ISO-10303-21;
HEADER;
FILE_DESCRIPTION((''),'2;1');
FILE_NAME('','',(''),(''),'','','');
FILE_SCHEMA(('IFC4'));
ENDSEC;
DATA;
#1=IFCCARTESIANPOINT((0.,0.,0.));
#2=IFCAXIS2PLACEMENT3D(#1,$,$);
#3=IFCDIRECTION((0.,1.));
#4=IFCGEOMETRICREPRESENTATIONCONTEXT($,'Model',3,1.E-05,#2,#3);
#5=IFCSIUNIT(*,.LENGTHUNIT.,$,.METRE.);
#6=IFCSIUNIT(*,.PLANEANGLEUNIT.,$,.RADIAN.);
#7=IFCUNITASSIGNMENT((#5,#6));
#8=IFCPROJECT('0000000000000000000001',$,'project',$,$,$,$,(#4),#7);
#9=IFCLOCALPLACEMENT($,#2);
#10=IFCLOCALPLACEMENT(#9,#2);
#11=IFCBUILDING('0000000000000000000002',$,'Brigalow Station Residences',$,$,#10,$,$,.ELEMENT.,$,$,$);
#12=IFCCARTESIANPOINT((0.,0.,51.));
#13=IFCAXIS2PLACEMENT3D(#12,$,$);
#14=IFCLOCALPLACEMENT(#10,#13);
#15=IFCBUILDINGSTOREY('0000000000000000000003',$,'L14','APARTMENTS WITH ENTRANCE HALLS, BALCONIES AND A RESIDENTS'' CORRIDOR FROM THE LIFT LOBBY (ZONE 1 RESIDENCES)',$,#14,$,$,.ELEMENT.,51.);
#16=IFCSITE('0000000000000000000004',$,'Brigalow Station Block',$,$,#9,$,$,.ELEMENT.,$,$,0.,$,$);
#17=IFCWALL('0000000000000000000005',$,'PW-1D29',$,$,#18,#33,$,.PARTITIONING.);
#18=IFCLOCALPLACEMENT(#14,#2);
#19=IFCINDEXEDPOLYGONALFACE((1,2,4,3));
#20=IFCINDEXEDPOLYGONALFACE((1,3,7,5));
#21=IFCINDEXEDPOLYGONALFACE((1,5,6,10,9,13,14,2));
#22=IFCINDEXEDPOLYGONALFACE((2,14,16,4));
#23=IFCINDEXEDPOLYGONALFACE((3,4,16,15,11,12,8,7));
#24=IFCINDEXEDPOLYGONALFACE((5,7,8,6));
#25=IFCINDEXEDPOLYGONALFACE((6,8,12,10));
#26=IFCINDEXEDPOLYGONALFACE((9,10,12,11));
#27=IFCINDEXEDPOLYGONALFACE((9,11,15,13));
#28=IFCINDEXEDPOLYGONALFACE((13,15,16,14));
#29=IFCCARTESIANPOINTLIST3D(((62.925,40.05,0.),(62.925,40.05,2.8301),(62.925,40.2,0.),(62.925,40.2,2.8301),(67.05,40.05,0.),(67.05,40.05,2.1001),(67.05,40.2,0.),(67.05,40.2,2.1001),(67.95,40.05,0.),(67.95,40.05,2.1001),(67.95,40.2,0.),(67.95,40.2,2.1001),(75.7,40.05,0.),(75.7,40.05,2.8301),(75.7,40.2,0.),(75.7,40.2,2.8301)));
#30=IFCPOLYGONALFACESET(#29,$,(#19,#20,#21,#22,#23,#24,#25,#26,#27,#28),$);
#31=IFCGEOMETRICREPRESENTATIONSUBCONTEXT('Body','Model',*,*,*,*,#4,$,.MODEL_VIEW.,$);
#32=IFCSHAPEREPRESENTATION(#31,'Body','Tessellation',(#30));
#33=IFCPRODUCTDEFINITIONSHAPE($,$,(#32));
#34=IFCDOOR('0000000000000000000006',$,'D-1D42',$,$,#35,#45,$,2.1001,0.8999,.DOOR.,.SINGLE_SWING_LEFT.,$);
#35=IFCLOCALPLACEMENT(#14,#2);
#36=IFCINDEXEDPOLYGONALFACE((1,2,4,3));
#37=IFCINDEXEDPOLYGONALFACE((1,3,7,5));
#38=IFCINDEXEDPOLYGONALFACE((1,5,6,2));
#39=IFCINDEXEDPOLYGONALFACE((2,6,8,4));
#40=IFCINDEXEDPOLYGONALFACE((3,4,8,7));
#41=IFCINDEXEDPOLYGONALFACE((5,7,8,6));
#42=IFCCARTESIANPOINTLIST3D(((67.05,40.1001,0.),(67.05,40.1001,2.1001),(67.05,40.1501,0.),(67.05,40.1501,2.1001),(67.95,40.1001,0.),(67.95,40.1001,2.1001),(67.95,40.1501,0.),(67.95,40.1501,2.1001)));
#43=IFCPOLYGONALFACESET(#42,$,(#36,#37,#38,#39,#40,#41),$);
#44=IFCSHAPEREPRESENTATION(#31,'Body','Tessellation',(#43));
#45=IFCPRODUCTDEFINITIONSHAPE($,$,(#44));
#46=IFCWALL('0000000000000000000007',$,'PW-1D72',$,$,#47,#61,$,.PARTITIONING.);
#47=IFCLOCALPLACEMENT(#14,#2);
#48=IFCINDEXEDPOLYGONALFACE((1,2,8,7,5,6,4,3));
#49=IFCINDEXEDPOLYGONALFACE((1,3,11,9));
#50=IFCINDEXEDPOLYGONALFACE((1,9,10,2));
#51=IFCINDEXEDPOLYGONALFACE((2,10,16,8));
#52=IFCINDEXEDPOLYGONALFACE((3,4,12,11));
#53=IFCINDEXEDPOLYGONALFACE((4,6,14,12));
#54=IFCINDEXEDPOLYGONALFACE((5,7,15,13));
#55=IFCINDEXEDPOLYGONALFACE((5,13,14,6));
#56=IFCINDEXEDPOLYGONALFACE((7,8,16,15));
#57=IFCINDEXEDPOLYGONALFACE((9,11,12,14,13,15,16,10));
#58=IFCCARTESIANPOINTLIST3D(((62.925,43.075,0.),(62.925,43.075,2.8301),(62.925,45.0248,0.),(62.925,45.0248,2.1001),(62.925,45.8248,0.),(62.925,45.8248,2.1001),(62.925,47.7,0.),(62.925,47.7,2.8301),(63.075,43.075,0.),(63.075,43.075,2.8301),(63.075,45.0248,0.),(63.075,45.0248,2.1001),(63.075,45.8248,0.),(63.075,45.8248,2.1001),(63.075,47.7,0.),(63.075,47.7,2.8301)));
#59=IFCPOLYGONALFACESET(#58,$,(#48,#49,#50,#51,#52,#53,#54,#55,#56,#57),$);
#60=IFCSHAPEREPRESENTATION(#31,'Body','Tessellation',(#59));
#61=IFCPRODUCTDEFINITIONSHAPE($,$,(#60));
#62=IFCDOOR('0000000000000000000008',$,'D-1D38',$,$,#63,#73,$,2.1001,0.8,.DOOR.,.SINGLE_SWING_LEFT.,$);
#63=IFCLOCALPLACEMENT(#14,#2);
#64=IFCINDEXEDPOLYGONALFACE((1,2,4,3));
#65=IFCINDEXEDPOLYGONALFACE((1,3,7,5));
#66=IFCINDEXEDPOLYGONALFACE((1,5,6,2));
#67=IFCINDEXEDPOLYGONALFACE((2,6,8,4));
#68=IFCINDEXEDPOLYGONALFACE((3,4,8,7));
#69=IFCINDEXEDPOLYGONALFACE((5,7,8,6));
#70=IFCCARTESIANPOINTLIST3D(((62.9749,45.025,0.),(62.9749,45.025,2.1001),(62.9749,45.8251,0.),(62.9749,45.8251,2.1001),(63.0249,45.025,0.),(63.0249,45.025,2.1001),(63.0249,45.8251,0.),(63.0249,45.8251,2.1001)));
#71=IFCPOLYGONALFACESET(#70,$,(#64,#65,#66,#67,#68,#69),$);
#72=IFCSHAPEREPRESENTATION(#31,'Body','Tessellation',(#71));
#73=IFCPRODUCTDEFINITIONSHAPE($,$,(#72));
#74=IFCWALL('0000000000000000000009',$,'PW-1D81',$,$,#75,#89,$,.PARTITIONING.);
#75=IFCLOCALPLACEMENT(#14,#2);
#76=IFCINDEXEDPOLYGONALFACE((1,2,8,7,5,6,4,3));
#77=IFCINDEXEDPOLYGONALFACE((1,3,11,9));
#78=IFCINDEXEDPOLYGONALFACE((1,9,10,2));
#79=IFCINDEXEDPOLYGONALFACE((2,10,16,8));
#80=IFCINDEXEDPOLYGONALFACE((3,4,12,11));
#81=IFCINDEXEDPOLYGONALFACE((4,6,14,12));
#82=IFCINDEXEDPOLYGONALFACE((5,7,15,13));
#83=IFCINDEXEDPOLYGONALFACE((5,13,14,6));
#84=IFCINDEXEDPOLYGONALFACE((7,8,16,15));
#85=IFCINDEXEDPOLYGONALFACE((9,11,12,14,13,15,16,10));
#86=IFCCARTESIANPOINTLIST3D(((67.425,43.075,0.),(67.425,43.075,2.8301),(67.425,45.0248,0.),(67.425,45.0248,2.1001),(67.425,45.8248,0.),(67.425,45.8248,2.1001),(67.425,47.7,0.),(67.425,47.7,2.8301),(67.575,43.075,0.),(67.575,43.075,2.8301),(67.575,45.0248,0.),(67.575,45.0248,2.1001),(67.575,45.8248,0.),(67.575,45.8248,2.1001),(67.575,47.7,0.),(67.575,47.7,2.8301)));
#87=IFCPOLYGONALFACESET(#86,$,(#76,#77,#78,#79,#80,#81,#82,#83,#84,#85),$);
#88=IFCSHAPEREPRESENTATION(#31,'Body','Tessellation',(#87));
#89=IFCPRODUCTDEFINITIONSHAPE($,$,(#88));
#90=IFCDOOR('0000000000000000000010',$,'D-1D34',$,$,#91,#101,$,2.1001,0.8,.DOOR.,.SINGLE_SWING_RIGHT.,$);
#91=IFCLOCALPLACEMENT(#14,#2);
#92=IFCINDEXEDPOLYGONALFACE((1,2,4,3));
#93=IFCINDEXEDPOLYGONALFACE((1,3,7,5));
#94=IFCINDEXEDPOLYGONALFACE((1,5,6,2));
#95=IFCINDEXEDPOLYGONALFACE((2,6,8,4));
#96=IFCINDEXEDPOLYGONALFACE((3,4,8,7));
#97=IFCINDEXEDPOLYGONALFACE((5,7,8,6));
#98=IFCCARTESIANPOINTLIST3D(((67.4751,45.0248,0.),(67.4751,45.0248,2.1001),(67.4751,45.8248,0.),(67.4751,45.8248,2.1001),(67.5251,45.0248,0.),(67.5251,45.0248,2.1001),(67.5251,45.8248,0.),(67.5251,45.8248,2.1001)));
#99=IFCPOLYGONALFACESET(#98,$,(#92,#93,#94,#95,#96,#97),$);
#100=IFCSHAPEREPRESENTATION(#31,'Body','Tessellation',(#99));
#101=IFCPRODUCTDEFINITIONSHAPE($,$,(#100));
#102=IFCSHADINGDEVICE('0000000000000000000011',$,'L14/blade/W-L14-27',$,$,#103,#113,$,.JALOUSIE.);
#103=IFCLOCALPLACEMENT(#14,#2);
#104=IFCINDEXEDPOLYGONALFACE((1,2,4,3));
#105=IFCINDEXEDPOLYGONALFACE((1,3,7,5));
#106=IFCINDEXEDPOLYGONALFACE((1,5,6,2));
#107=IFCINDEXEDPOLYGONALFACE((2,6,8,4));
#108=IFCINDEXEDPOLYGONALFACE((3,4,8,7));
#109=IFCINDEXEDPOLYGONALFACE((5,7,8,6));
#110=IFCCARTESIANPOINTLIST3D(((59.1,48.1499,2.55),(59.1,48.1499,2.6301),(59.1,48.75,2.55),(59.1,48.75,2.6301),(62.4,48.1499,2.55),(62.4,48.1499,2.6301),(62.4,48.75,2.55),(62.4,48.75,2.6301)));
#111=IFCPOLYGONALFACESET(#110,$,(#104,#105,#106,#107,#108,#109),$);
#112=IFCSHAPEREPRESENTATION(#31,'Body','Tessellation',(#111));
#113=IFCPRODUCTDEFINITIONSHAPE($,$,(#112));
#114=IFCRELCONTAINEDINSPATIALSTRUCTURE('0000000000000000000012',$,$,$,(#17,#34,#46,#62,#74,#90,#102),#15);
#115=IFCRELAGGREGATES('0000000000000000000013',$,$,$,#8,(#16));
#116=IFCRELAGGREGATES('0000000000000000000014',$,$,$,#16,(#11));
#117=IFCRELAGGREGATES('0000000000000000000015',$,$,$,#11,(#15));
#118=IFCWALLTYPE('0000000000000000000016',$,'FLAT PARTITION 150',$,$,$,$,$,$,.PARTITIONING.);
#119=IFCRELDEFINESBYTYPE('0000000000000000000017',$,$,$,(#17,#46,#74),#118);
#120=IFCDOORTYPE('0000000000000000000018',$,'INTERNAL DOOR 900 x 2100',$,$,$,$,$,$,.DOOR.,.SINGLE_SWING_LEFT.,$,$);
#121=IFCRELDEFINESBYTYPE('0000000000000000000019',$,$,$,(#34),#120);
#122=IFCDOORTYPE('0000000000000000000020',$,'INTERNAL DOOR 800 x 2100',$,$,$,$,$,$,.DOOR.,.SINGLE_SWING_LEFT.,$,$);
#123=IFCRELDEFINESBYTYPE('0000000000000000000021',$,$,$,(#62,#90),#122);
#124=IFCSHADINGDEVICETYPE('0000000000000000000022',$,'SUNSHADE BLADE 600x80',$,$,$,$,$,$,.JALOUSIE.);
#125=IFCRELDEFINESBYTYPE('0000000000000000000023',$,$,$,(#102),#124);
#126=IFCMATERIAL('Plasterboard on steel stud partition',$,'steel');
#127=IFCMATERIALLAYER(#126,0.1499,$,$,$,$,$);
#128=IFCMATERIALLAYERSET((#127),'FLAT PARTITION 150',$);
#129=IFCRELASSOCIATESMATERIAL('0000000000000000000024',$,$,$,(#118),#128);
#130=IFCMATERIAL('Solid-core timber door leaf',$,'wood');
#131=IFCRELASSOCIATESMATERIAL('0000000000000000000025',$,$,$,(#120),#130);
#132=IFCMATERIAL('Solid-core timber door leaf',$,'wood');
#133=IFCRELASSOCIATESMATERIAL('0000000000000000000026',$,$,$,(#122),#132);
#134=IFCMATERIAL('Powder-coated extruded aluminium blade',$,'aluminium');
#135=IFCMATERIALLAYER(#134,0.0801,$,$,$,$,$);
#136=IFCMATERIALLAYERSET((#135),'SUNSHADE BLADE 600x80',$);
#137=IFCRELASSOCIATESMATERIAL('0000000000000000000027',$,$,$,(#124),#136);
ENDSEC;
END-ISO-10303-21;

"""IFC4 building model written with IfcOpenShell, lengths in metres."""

from ifc_helpers import new_model, si_unit, direction, frame, frame_2d, origin, origin_2d, place, context, subcontext, project, spatial, rectangle, extrude, material, layer, layer_set, type_object, element, fill, save


model = new_model("IFC4")

# Units and contexts
model_context = context("Model", 3, precision=1e-05, world=origin(), true_north=direction((0.0, 1.0)))
body_context = subcontext(model_context, "Body", "Model", "MODEL_VIEW")
ifc_project = project(units=[si_unit("LENGTHUNIT", "METRE"), si_unit("PLANEANGLEUNIT", "RADIAN")], contexts=[model_context])

# Site, building, storey
site_placement = place(None, origin())
site = spatial("IfcSite", under=ifc_project, at=site_placement, Name="Brigalow Station Block", CompositionType="ELEMENT", RefElevation=0.0)
building_placement = place(site_placement, origin())
building = spatial("IfcBuilding", under=site, at=building_placement, Name="Brigalow Station Residences", CompositionType="ELEMENT")
storey_placement = place(building_placement, frame((0.0, 0.0, 51.0)))
storey = spatial("IfcBuildingStorey", under=building, at=storey_placement, Name="L14", Description="APARTMENTS WITH ENTRANCE HALLS, BALCONIES AND A RESIDENTS' CORRIDOR FROM THE LIFT LOBBY (ZONE 1 RESIDENCES)", CompositionType="ELEMENT", Elevation=51.0)

# Walls, openings, doors
ifc_material_1 = material(Name="Plasterboard on steel stud partition", Category="steel")
ifc_layer_1 = layer(ifc_material_1, 0.1499)
ifc_layer_set_1 = layer_set([ifc_layer_1], Name="FLAT PARTITION 150")
wall_type_1 = type_object("IfcWallType", Name="FLAT PARTITION 150", PredefinedType="PARTITIONING", material=ifc_layer_set_1)
wall_1_placement = place(storey_placement, frame((62.925, 40.125, 0.0), z_axis=(0.0, 0.0, 1.0), x_axis=(1.0, 0.0, 0.0)))
wall_1 = element("IfcWall", 1, at=wall_1_placement, inside=storey, type_object=wall_type_1, Name="PW-1D29", PredefinedType="PARTITIONING", context=body_context, shape_type="SweptSolid", body=[
    extrude(rectangle(XDim=12.7749, YDim=0.1499, at=frame_2d((6.3875, 0.0))), origin(), (0.0, 0.0, 1.0), 2.8301),
])
opening_1_placement = place(wall_1_placement, frame((4.125, 0.0, 0.0)))
opening_1 = element("IfcOpeningElement", 2, at=opening_1_placement, cuts=wall_1, PredefinedType="OPENING", context=body_context, shape_type="SweptSolid", body=[
    extrude(rectangle(XDim=0.8999, YDim=2.1001, at=frame_2d((0.45, 1.05))), frame((0.0, 0.085, 0.0), z_axis=(0.0, -1.0, 0.0), x_axis=(1.0, 0.0, 0.0)), (0.0, 0.0, 1.0), 0.1699),
])
ifc_material_2 = material(Name="Solid-core timber door leaf", Category="wood")
door_type_1 = type_object("IfcDoorType", Name="INTERNAL DOOR 900 x 2100", OperationType="SINGLE_SWING_LEFT", PredefinedType="DOOR", material=ifc_material_2)
door_1_placement = place(opening_1_placement, frame((0.8999, 0.0, 0.0), z_axis=(0.0, 0.0, 1.0), x_axis=(-1.0, 0.0, 0.0)))
door_1 = element("IfcDoor", 3, at=door_1_placement, inside=storey, type_object=door_type_1, Name="D-1D42", OperationType="SINGLE_SWING_LEFT", OverallHeight=2.1001, OverallWidth=0.8999, PredefinedType="DOOR", context=body_context, shape_type="SweptSolid", body=[
    extrude(rectangle(XDim=0.8999, YDim=2.1001, at=frame_2d((0.45, 1.05))), frame((0.0, 0.0249, 0.0), z_axis=(0.0, -1.0, 0.0), x_axis=(1.0, 0.0, 0.0)), (0.0, 0.0, 1.0), 0.05),
])
fill(opening_1, door_1)
wall_2_placement = place(storey_placement, frame((63.0, 43.075, 0.0), z_axis=(0.0, 0.0, 1.0), x_axis=(0.0, 1.0, 0.0)))
wall_2 = element("IfcWall", 4, at=wall_2_placement, inside=storey, type_object=wall_type_1, Name="PW-1D72", PredefinedType="PARTITIONING", context=body_context, shape_type="SweptSolid", body=[
    extrude(rectangle(XDim=4.625, YDim=0.1499, at=frame_2d((2.3125, 0.0))), origin(), (0.0, 0.0, 1.0), 2.8301),
])
opening_2_placement = place(wall_2_placement, frame((1.95, 0.0, 0.0)))
opening_2 = element("IfcOpeningElement", 5, at=opening_2_placement, cuts=wall_2, PredefinedType="OPENING", context=body_context, shape_type="SweptSolid", body=[
    extrude(rectangle(XDim=0.8, YDim=2.1001, at=frame_2d((0.3999, 1.05))), frame((0.0, 0.085, 0.0), z_axis=(0.0, -1.0, 0.0), x_axis=(1.0, 0.0, 0.0)), (0.0, 0.0, 1.0), 0.1699),
])
ifc_material_3 = material(Name="Solid-core timber door leaf", Category="wood")
door_type_2 = type_object("IfcDoorType", Name="INTERNAL DOOR 800 x 2100", OperationType="SINGLE_SWING_LEFT", PredefinedType="DOOR", material=ifc_material_3)
door_2_placement = place(opening_2_placement, frame((0.8, 0.0, 0.0), z_axis=(0.0, 0.0, 1.0), x_axis=(-1.0, 0.0, 0.0)))
door_2 = element("IfcDoor", 6, at=door_2_placement, inside=storey, type_object=door_type_2, Name="D-1D38", OperationType="SINGLE_SWING_LEFT", OverallHeight=2.1001, OverallWidth=0.8, PredefinedType="DOOR", context=body_context, shape_type="SweptSolid", body=[
    extrude(rectangle(XDim=0.8, YDim=2.1001, at=frame_2d((0.3999, 1.05))), frame((0.0, 0.0249, 0.0), z_axis=(0.0, -1.0, 0.0), x_axis=(1.0, 0.0, 0.0)), (0.0, 0.0, 1.0), 0.05),
])
fill(opening_2, door_2)
wall_3_placement = place(storey_placement, frame((67.5, 43.075, 0.0), z_axis=(0.0, 0.0, 1.0), x_axis=(0.0, 1.0, 0.0)))
wall_3 = element("IfcWall", 7, at=wall_3_placement, inside=storey, type_object=wall_type_1, Name="PW-1D81", PredefinedType="PARTITIONING", context=body_context, shape_type="SweptSolid", body=[
    extrude(rectangle(XDim=4.625, YDim=0.1499, at=frame_2d((2.3125, 0.0))), origin(), (0.0, 0.0, 1.0), 2.8301),
])
opening_3_placement = place(wall_3_placement, frame((1.95, 0.0, 0.0)))
opening_3 = element("IfcOpeningElement", 8, at=opening_3_placement, cuts=wall_3, PredefinedType="OPENING", context=body_context, shape_type="SweptSolid", body=[
    extrude(rectangle(XDim=0.8, YDim=2.1001, at=frame_2d((0.3999, 1.05))), frame((0.0, 0.085, 0.0), z_axis=(0.0, -1.0, 0.0), x_axis=(1.0, 0.0, 0.0)), (0.0, 0.0, 1.0), 0.1699),
])
door_3_placement = place(opening_3_placement, origin())
door_3 = element("IfcDoor", 9, at=door_3_placement, inside=storey, type_object=door_type_2, Name="D-1D34", OperationType="SINGLE_SWING_RIGHT", OverallHeight=2.1001, OverallWidth=0.8, PredefinedType="DOOR", context=body_context, shape_type="SweptSolid", body=[
    extrude(rectangle(XDim=0.8, YDim=2.1001, at=frame_2d((0.3999, 1.05))), frame((0.0, 0.0249, 0.0), z_axis=(0.0, -1.0, 0.0), x_axis=(1.0, 0.0, 0.0)), (0.0, 0.0, 1.0), 0.05),
])
fill(opening_3, door_3)

# Shading device
ifc_material_4 = material(Name="Powder-coated extruded aluminium blade", Category="aluminium")
ifc_layer_2 = layer(ifc_material_4, 0.0801)
ifc_layer_set_2 = layer_set([ifc_layer_2], Name="SUNSHADE BLADE 600x80")
shading_device_type = type_object("IfcShadingDeviceType", Name="SUNSHADE BLADE 600x80", PredefinedType="JALOUSIE", material=ifc_layer_set_2)
shading_device_placement = place(storey_placement, frame((60.75, 48.45, 2.55), z_axis=(0.0, 0.0, 1.0), x_axis=(-1.0, 0.0, 0.0)))
element("IfcShadingDevice", 10, at=shading_device_placement, inside=storey, type_object=shading_device_type, Name="L14/blade/W-L14-27", PredefinedType="JALOUSIE", context=body_context, shape_type="SweptSolid", body=[
    extrude(rectangle(XDim=3.3, YDim=0.6001, at=origin_2d()), origin(), (0.0, 0.0, 1.0), 0.0801),
])

save(model, "model.ifc")
